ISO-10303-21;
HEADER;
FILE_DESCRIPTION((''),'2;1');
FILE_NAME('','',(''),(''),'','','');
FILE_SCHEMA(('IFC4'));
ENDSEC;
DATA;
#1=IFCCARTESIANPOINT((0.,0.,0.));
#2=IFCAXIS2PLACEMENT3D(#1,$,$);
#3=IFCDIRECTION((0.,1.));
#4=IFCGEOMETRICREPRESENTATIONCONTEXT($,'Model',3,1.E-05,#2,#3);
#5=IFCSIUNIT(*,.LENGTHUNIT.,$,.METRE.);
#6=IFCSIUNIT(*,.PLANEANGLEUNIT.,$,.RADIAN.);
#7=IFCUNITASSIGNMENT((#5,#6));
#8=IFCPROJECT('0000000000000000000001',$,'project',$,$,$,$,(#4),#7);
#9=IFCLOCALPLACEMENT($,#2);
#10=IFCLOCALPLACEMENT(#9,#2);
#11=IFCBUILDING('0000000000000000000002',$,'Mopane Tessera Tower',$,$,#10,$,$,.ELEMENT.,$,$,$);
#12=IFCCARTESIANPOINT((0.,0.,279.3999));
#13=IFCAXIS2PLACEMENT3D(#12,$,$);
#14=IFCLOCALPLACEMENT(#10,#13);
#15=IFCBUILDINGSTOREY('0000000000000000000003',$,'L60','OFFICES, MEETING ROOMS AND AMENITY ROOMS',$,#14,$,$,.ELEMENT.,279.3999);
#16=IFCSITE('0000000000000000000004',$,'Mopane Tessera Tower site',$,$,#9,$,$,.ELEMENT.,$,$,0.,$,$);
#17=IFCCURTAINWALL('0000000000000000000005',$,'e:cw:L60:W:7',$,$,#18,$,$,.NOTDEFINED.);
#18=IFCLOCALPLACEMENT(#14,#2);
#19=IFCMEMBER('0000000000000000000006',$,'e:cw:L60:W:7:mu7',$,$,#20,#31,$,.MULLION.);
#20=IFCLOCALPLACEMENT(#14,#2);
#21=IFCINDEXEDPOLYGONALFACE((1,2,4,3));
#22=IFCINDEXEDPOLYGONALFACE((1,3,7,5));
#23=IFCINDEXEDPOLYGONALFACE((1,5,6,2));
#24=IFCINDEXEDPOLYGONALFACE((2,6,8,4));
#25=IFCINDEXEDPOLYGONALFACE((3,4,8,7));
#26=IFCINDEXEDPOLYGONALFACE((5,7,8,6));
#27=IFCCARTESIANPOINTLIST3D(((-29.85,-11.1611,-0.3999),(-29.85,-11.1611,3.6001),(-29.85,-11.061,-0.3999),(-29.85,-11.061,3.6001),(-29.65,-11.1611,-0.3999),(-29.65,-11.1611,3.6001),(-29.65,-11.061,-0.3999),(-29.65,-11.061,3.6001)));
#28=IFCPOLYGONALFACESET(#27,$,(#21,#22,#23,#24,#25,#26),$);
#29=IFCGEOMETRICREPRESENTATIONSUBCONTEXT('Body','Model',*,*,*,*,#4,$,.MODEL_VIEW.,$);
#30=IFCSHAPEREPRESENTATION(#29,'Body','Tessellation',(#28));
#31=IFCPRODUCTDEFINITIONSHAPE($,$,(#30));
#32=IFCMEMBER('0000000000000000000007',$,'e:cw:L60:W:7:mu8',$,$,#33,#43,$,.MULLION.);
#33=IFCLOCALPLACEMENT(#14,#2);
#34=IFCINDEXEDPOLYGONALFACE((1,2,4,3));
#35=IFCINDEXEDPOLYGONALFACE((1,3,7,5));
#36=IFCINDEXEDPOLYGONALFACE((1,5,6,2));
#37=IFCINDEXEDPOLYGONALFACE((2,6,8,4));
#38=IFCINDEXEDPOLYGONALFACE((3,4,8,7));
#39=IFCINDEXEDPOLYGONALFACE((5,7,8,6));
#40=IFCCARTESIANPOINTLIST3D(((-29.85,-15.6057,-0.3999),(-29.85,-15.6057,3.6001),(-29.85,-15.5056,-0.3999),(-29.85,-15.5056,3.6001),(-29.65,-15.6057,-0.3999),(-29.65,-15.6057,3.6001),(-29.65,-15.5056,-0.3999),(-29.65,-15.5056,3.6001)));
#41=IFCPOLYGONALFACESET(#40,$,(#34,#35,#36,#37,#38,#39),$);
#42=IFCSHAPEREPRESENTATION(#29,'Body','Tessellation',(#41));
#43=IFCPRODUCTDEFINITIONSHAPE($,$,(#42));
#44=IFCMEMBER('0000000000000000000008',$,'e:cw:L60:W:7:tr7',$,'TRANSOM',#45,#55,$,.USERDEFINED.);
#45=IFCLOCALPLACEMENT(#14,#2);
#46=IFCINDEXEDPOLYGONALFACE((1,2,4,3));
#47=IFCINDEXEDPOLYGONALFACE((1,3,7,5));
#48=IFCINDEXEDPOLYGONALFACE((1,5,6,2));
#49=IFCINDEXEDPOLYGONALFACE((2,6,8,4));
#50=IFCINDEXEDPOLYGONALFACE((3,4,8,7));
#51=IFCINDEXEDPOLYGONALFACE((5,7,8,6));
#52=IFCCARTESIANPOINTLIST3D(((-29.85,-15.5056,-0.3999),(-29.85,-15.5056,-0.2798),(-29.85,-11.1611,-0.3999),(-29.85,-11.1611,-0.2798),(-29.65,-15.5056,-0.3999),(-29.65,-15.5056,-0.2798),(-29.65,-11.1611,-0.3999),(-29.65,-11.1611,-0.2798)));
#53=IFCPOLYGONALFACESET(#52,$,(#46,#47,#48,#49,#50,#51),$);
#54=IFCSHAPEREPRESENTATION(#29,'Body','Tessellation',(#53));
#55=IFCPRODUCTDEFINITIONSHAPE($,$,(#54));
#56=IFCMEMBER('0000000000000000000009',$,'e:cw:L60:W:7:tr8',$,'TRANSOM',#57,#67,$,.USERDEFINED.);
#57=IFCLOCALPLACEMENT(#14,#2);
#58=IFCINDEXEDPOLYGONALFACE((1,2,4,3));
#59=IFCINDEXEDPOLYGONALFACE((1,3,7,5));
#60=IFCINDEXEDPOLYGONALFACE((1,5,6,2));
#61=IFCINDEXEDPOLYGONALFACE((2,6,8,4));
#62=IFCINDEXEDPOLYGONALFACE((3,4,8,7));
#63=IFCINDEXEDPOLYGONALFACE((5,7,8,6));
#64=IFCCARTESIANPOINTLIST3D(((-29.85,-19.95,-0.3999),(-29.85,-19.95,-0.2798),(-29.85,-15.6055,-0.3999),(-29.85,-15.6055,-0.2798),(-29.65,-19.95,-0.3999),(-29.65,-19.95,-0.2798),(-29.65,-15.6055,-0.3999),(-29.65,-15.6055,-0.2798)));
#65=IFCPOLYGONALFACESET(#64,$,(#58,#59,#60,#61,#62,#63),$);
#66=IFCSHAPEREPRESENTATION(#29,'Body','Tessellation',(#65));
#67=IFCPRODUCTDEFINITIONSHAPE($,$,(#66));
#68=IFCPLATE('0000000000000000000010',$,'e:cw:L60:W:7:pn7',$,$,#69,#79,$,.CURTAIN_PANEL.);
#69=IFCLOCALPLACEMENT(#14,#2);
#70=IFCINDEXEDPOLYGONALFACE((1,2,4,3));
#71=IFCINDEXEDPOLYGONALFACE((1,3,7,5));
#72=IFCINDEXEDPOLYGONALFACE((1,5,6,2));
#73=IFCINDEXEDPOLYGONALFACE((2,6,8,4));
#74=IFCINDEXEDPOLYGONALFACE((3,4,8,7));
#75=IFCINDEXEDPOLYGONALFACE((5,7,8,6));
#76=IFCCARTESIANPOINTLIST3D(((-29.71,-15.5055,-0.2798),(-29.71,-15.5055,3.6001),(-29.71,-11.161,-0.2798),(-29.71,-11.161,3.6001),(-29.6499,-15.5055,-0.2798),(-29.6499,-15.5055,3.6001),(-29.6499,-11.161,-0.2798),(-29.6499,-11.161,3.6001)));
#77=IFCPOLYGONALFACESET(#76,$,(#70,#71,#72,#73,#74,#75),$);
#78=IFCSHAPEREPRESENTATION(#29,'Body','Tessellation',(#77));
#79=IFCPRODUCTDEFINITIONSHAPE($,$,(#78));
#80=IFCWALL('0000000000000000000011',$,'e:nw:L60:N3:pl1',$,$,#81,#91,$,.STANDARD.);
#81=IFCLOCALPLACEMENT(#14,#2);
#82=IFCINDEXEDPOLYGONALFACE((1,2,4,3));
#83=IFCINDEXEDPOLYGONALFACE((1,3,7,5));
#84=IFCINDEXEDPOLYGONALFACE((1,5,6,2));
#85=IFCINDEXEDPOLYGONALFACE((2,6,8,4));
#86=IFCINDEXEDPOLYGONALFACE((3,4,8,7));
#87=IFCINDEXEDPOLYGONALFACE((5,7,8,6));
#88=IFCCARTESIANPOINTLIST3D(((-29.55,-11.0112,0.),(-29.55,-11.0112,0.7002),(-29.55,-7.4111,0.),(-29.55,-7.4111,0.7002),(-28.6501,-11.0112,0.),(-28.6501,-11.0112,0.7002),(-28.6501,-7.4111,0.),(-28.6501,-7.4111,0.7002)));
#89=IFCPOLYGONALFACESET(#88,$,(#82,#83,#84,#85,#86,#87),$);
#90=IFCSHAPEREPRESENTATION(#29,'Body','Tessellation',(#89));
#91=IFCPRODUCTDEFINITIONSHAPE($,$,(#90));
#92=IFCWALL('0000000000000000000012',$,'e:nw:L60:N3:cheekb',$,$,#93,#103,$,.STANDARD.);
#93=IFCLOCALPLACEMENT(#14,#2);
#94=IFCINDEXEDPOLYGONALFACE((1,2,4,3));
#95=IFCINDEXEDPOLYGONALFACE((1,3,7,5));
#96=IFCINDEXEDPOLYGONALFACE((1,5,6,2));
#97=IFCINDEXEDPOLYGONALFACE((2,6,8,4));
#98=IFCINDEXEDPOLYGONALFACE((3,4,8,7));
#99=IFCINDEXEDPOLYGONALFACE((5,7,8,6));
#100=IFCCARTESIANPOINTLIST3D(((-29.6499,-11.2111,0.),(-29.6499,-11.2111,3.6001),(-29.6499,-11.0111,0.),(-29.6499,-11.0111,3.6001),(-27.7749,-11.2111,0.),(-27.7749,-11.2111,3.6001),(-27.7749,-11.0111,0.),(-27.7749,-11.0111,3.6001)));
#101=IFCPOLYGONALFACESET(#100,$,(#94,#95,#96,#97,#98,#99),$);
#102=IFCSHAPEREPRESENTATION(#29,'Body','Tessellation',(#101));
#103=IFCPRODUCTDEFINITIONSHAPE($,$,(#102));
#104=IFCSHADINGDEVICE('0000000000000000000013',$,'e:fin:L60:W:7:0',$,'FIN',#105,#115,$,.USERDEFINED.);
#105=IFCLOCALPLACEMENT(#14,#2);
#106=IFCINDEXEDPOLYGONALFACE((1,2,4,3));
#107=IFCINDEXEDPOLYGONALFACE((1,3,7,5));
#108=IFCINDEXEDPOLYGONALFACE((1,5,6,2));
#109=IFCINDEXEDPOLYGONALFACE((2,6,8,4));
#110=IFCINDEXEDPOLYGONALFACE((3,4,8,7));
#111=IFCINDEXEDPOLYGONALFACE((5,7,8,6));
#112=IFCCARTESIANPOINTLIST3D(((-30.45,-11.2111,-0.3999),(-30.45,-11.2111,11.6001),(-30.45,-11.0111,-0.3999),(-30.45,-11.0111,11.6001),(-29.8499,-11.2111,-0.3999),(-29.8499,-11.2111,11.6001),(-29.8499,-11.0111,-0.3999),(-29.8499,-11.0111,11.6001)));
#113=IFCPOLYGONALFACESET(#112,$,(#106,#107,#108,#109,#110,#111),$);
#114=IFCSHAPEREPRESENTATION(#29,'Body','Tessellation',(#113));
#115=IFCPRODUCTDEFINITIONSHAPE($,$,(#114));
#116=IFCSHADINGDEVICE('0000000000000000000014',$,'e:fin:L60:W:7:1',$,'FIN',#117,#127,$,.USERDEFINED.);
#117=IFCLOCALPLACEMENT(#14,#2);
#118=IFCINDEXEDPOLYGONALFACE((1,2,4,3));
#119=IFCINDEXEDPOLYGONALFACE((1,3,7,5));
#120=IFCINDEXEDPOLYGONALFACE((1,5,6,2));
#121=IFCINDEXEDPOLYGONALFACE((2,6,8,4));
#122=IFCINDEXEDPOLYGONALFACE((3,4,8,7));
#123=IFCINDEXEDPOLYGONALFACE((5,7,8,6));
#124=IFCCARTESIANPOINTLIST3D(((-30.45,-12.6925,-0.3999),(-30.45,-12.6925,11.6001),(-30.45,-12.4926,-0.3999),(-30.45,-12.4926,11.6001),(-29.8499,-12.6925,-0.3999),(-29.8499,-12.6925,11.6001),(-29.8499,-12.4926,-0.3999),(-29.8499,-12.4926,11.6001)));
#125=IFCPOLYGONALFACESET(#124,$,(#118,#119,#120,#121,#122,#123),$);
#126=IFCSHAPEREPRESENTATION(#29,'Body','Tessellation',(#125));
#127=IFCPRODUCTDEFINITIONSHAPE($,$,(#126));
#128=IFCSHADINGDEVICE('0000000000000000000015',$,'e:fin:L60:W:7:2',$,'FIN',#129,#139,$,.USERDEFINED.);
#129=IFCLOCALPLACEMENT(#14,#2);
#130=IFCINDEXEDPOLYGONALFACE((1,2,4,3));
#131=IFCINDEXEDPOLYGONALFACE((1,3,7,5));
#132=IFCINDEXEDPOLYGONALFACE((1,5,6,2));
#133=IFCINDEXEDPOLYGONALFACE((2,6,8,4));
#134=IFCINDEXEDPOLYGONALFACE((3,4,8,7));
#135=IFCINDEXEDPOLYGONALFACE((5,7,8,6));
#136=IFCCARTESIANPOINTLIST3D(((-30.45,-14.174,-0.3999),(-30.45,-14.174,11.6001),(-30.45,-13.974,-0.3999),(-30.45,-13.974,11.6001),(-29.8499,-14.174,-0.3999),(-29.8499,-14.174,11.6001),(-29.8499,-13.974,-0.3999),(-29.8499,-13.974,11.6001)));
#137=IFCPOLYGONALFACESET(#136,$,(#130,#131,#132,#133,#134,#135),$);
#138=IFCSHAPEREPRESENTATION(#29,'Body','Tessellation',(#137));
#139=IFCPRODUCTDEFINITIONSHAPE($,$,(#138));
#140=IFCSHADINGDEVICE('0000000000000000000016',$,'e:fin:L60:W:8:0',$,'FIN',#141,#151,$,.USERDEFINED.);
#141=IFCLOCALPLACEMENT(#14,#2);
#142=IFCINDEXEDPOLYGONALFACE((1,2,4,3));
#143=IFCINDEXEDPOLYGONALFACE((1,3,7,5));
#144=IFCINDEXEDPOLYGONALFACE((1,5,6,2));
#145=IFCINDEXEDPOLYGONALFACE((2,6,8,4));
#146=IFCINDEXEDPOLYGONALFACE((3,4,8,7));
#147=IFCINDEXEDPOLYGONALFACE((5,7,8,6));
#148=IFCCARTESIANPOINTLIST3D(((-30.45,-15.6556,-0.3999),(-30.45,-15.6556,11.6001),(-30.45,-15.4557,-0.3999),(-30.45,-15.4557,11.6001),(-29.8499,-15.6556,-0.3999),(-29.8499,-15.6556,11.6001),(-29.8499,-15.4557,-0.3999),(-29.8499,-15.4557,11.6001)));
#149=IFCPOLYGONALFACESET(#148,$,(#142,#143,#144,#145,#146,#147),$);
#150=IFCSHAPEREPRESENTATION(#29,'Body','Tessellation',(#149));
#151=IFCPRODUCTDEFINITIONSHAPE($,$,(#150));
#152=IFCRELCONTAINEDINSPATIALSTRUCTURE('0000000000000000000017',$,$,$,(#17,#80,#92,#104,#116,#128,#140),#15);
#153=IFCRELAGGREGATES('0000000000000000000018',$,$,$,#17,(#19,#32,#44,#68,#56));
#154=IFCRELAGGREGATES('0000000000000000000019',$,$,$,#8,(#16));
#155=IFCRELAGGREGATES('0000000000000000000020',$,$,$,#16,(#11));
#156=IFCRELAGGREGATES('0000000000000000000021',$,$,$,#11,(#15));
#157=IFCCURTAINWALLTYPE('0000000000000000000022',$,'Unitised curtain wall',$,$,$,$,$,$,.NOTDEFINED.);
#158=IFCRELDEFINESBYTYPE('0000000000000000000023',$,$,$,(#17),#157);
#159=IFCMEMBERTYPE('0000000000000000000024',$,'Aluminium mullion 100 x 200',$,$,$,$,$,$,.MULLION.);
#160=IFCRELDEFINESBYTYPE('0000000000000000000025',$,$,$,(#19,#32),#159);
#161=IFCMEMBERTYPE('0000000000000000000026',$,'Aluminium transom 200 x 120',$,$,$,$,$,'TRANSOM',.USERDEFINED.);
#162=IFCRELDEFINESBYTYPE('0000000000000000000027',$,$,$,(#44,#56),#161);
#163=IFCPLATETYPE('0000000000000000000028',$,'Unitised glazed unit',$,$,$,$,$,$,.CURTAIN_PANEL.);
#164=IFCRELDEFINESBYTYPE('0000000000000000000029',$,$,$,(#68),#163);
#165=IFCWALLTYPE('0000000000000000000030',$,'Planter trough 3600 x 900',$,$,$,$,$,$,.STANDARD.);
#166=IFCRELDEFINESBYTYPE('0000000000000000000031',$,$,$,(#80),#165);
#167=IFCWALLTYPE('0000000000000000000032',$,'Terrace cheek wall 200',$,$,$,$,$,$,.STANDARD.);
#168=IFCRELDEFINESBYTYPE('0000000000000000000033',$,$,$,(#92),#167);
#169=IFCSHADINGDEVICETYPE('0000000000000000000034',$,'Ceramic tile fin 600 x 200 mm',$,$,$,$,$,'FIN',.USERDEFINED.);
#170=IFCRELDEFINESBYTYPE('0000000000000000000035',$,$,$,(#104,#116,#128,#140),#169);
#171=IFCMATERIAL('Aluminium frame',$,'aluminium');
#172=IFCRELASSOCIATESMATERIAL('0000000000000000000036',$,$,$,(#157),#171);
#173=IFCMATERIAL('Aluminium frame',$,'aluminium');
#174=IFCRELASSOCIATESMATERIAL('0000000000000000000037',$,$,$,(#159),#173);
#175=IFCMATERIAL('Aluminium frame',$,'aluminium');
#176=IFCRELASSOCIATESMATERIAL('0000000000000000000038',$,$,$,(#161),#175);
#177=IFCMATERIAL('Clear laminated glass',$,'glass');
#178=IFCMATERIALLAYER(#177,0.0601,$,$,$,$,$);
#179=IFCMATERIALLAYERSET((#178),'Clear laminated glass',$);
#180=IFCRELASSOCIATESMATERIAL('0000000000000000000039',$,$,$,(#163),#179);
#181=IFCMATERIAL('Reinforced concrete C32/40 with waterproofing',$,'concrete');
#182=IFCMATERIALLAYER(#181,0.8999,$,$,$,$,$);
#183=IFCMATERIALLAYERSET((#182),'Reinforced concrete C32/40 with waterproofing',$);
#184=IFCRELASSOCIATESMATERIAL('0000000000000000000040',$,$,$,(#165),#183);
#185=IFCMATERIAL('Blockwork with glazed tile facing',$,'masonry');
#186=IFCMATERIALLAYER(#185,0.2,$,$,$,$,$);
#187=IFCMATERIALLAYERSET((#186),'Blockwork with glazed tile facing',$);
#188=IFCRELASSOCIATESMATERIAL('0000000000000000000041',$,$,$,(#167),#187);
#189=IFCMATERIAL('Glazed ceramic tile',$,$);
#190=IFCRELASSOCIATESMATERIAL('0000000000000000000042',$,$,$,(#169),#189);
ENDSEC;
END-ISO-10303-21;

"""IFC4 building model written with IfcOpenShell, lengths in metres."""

from ifc_helpers import new_model, si_unit, direction, frame, frame_2d, origin, origin_2d, place, context, subcontext, project, spatial, rectangle, extrude, material, layer, layer_set, material_profile, profile_set, type_object, element, aggregate, save


model = new_model("IFC4")

# Units and contexts
model_context = context("Model", 3, precision=1e-05, world=origin(), true_north=direction((0.0, 1.0)))
body_context = subcontext(model_context, "Body", "Model", "MODEL_VIEW")
ifc_project = project(units=[si_unit("LENGTHUNIT", "METRE"), si_unit("PLANEANGLEUNIT", "RADIAN")], contexts=[model_context])

# Site, building, storey
site_placement = place(None, origin())
site = spatial("IfcSite", under=ifc_project, at=site_placement, Name="Mopane Tessera Tower site", CompositionType="ELEMENT", RefElevation=0.0)
building_placement = place(site_placement, origin())
building = spatial("IfcBuilding", under=site, at=building_placement, Name="Mopane Tessera Tower", CompositionType="ELEMENT")
storey_placement = place(building_placement, frame((0.0, 0.0, 279.3999)))
storey = spatial("IfcBuildingStorey", under=building, at=storey_placement, Name="L60", Description="OFFICES, MEETING ROOMS AND AMENITY ROOMS", CompositionType="ELEMENT", Elevation=279.3999)

# Curtain wall, members, plate
ifc_material_1 = material(Name="Aluminium frame", Category="aluminium")
curtain_wall_type = type_object("IfcCurtainWallType", Name="Unitised curtain wall", PredefinedType="NOTDEFINED", material=ifc_material_1)
curtain_wall_placement = place(storey_placement, origin())
curtain_wall = element("IfcCurtainWall", 1, at=curtain_wall_placement, inside=storey, type_object=curtain_wall_type, Name="e:cw:L60:W:7", PredefinedType="NOTDEFINED")
ifc_material_2 = material(Name="Aluminium frame", Category="aluminium")
ifc_material_profile_1 = material_profile(ifc_material_2, rectangle(XDim=0.1001, YDim=0.2, at=origin_2d()))
ifc_profile_set_1 = profile_set([ifc_material_profile_1], Name="Aluminium frame")
member_type_1 = type_object("IfcMemberType", Name="Aluminium mullion 100 x 200", PredefinedType="MULLION", material=ifc_profile_set_1)
member_1_placement = place(storey_placement, frame((-29.75, -11.1111, -0.3999), z_axis=(0.0, 0.0, 1.0), x_axis=(0.0, -1.0, 0.0)))
member_1 = element("IfcMember", 2, at=member_1_placement, type_object=member_type_1, Name="e:cw:L60:W:7:mu7", PredefinedType="MULLION", context=body_context, shape_type="SweptSolid", body=[
    extrude(rectangle(XDim=0.1001, YDim=0.2, at=origin_2d()), origin(), (0.0, 0.0, 1.0), 4.0),
])
member_2_placement = place(storey_placement, frame((-29.75, -15.5557, -0.3999), z_axis=(0.0, 0.0, 1.0), x_axis=(0.0, -1.0, 0.0)))
member_2 = element("IfcMember", 3, at=member_2_placement, type_object=member_type_1, Name="e:cw:L60:W:7:mu8", PredefinedType="MULLION", context=body_context, shape_type="SweptSolid", body=[
    extrude(rectangle(XDim=0.1001, YDim=0.2, at=origin_2d()), origin(), (0.0, 0.0, 1.0), 4.0),
])
ifc_material_3 = material(Name="Aluminium frame", Category="aluminium")
ifc_material_profile_2 = material_profile(ifc_material_3, rectangle(XDim=0.2, YDim=0.1201, at=origin_2d()))
ifc_profile_set_2 = profile_set([ifc_material_profile_2], Name="Aluminium frame")
member_type_2 = type_object("IfcMemberType", Name="Aluminium transom 200 x 120", ElementType="TRANSOM", PredefinedType="USERDEFINED", material=ifc_profile_set_2)
member_3_placement = place(storey_placement, frame((-29.75, -11.1611, -0.3398), z_axis=(0.0, -1.0, 0.0), x_axis=(1.0, 0.0, 0.0)))
member_3 = element("IfcMember", 4, at=member_3_placement, type_object=member_type_2, Name="e:cw:L60:W:7:tr7", ObjectType="TRANSOM", PredefinedType="USERDEFINED", context=body_context, shape_type="SweptSolid", body=[
    extrude(rectangle(XDim=0.2, YDim=0.1201, at=origin_2d()), origin(), (0.0, 0.0, 1.0), 4.3445),
])
member_4_placement = place(storey_placement, frame((-29.75, -15.6055, -0.3398), z_axis=(0.0, -1.0, 0.0), x_axis=(1.0, 0.0, 0.0)))
member_4 = element("IfcMember", 5, at=member_4_placement, type_object=member_type_2, Name="e:cw:L60:W:7:tr8", ObjectType="TRANSOM", PredefinedType="USERDEFINED", context=body_context, shape_type="SweptSolid", body=[
    extrude(rectangle(XDim=0.2, YDim=0.1201, at=origin_2d()), origin(), (0.0, 0.0, 1.0), 4.3445),
])
ifc_material_4 = material(Name="Clear laminated glass", Category="glass")
ifc_layer_1 = layer(ifc_material_4, 0.0601)
ifc_layer_set_1 = layer_set([ifc_layer_1], Name="Clear laminated glass")
plate_type = type_object("IfcPlateType", Name="Unitised glazed unit", PredefinedType="CURTAIN_PANEL", material=ifc_layer_set_1)
plate_placement = place(storey_placement, frame((-29.6799, -13.3333, -0.2798), z_axis=(0.0, 0.0, 1.0), x_axis=(0.0, -1.0, 0.0)))
plate = element("IfcPlate", 6, at=plate_placement, type_object=plate_type, Name="e:cw:L60:W:7:pn7", PredefinedType="CURTAIN_PANEL", context=body_context, shape_type="SweptSolid", body=[
    extrude(rectangle(XDim=4.3445, YDim=0.0601, at=origin_2d()), origin(), (0.0, 0.0, 1.0), 3.8799),
])
aggregate(curtain_wall, [member_1, member_2, member_3, plate, member_4])

# Walls
ifc_material_5 = material(Name="Reinforced concrete C32/40 with waterproofing", Category="concrete")
ifc_layer_2 = layer(ifc_material_5, 0.8999)
ifc_layer_set_2 = layer_set([ifc_layer_2], Name="Reinforced concrete C32/40 with waterproofing")
wall_type_1 = type_object("IfcWallType", Name="Planter trough 3600 x 900", PredefinedType="STANDARD", material=ifc_layer_set_2)
wall_1_placement = place(storey_placement, frame((-29.1001, -7.4111, 0.0), z_axis=(0.0, 0.0, 1.0), x_axis=(0.0, -1.0, 0.0)))
element("IfcWall", 7, at=wall_1_placement, inside=storey, type_object=wall_type_1, Name="e:nw:L60:N3:pl1", PredefinedType="STANDARD", context=body_context, shape_type="SweptSolid", body=[
    extrude(rectangle(XDim=3.6001, YDim=0.8999, at=frame_2d((1.8, 0.0))), origin(), (0.0, 0.0, 1.0), 0.7002),
])
ifc_material_6 = material(Name="Blockwork with glazed tile facing", Category="masonry")
ifc_layer_3 = layer(ifc_material_6, 0.2)
ifc_layer_set_3 = layer_set([ifc_layer_3], Name="Blockwork with glazed tile facing")
wall_type_2 = type_object("IfcWallType", Name="Terrace cheek wall 200", PredefinedType="STANDARD", material=ifc_layer_set_3)
wall_2_placement = place(storey_placement, frame((-29.6499, -11.1111, 0.0), z_axis=(0.0, 0.0, 1.0), x_axis=(1.0, 0.0, 0.0)))
element("IfcWall", 8, at=wall_2_placement, inside=storey, type_object=wall_type_2, Name="e:nw:L60:N3:cheekb", PredefinedType="STANDARD", context=body_context, shape_type="SweptSolid", body=[
    extrude(rectangle(XDim=1.875, YDim=0.2, at=frame_2d((0.9375, 0.0))), origin(), (0.0, 0.0, 1.0), 3.6001),
])

# Shading devices
ifc_material_7 = material(Name="Glazed ceramic tile")
shading_device_type = type_object("IfcShadingDeviceType", Name="Ceramic tile fin 600 x 200 mm", ElementType="FIN", PredefinedType="USERDEFINED", material=ifc_material_7)
for number, where, z_axis, x_axis, name in (
    (9, (-30.1499, -11.1111, -0.3999), (0.0, 0.0, 1.0), (0.0, -1.0, 0.0), "e:fin:L60:W:7:0"),
    (10, (-30.1499, -12.5925, -0.3999), (0.0, 0.0, 1.0), (0.0, -1.0, 0.0), "e:fin:L60:W:7:1"),
    (11, (-30.1499, -14.074, -0.3999), (0.0, 0.0, 1.0), (0.0, -1.0, 0.0), "e:fin:L60:W:7:2"),
    (12, (-30.1499, -15.5557, -0.3999), (0.0, 0.0, 1.0), (0.0, -1.0, 0.0), "e:fin:L60:W:8:0"),
):
    element("IfcShadingDevice", number, at=place(storey_placement, frame(where, z_axis=z_axis, x_axis=x_axis)), inside=storey, type_object=shading_device_type, Name=name, ObjectType="FIN", PredefinedType="USERDEFINED", context=body_context, shape_type="SweptSolid", body=[
        extrude(rectangle(XDim=0.2, YDim=0.6001, at=origin_2d()), origin(), (0.0, 0.0, 1.0), 12.0),
    ])

save(model, "model.ifc")
